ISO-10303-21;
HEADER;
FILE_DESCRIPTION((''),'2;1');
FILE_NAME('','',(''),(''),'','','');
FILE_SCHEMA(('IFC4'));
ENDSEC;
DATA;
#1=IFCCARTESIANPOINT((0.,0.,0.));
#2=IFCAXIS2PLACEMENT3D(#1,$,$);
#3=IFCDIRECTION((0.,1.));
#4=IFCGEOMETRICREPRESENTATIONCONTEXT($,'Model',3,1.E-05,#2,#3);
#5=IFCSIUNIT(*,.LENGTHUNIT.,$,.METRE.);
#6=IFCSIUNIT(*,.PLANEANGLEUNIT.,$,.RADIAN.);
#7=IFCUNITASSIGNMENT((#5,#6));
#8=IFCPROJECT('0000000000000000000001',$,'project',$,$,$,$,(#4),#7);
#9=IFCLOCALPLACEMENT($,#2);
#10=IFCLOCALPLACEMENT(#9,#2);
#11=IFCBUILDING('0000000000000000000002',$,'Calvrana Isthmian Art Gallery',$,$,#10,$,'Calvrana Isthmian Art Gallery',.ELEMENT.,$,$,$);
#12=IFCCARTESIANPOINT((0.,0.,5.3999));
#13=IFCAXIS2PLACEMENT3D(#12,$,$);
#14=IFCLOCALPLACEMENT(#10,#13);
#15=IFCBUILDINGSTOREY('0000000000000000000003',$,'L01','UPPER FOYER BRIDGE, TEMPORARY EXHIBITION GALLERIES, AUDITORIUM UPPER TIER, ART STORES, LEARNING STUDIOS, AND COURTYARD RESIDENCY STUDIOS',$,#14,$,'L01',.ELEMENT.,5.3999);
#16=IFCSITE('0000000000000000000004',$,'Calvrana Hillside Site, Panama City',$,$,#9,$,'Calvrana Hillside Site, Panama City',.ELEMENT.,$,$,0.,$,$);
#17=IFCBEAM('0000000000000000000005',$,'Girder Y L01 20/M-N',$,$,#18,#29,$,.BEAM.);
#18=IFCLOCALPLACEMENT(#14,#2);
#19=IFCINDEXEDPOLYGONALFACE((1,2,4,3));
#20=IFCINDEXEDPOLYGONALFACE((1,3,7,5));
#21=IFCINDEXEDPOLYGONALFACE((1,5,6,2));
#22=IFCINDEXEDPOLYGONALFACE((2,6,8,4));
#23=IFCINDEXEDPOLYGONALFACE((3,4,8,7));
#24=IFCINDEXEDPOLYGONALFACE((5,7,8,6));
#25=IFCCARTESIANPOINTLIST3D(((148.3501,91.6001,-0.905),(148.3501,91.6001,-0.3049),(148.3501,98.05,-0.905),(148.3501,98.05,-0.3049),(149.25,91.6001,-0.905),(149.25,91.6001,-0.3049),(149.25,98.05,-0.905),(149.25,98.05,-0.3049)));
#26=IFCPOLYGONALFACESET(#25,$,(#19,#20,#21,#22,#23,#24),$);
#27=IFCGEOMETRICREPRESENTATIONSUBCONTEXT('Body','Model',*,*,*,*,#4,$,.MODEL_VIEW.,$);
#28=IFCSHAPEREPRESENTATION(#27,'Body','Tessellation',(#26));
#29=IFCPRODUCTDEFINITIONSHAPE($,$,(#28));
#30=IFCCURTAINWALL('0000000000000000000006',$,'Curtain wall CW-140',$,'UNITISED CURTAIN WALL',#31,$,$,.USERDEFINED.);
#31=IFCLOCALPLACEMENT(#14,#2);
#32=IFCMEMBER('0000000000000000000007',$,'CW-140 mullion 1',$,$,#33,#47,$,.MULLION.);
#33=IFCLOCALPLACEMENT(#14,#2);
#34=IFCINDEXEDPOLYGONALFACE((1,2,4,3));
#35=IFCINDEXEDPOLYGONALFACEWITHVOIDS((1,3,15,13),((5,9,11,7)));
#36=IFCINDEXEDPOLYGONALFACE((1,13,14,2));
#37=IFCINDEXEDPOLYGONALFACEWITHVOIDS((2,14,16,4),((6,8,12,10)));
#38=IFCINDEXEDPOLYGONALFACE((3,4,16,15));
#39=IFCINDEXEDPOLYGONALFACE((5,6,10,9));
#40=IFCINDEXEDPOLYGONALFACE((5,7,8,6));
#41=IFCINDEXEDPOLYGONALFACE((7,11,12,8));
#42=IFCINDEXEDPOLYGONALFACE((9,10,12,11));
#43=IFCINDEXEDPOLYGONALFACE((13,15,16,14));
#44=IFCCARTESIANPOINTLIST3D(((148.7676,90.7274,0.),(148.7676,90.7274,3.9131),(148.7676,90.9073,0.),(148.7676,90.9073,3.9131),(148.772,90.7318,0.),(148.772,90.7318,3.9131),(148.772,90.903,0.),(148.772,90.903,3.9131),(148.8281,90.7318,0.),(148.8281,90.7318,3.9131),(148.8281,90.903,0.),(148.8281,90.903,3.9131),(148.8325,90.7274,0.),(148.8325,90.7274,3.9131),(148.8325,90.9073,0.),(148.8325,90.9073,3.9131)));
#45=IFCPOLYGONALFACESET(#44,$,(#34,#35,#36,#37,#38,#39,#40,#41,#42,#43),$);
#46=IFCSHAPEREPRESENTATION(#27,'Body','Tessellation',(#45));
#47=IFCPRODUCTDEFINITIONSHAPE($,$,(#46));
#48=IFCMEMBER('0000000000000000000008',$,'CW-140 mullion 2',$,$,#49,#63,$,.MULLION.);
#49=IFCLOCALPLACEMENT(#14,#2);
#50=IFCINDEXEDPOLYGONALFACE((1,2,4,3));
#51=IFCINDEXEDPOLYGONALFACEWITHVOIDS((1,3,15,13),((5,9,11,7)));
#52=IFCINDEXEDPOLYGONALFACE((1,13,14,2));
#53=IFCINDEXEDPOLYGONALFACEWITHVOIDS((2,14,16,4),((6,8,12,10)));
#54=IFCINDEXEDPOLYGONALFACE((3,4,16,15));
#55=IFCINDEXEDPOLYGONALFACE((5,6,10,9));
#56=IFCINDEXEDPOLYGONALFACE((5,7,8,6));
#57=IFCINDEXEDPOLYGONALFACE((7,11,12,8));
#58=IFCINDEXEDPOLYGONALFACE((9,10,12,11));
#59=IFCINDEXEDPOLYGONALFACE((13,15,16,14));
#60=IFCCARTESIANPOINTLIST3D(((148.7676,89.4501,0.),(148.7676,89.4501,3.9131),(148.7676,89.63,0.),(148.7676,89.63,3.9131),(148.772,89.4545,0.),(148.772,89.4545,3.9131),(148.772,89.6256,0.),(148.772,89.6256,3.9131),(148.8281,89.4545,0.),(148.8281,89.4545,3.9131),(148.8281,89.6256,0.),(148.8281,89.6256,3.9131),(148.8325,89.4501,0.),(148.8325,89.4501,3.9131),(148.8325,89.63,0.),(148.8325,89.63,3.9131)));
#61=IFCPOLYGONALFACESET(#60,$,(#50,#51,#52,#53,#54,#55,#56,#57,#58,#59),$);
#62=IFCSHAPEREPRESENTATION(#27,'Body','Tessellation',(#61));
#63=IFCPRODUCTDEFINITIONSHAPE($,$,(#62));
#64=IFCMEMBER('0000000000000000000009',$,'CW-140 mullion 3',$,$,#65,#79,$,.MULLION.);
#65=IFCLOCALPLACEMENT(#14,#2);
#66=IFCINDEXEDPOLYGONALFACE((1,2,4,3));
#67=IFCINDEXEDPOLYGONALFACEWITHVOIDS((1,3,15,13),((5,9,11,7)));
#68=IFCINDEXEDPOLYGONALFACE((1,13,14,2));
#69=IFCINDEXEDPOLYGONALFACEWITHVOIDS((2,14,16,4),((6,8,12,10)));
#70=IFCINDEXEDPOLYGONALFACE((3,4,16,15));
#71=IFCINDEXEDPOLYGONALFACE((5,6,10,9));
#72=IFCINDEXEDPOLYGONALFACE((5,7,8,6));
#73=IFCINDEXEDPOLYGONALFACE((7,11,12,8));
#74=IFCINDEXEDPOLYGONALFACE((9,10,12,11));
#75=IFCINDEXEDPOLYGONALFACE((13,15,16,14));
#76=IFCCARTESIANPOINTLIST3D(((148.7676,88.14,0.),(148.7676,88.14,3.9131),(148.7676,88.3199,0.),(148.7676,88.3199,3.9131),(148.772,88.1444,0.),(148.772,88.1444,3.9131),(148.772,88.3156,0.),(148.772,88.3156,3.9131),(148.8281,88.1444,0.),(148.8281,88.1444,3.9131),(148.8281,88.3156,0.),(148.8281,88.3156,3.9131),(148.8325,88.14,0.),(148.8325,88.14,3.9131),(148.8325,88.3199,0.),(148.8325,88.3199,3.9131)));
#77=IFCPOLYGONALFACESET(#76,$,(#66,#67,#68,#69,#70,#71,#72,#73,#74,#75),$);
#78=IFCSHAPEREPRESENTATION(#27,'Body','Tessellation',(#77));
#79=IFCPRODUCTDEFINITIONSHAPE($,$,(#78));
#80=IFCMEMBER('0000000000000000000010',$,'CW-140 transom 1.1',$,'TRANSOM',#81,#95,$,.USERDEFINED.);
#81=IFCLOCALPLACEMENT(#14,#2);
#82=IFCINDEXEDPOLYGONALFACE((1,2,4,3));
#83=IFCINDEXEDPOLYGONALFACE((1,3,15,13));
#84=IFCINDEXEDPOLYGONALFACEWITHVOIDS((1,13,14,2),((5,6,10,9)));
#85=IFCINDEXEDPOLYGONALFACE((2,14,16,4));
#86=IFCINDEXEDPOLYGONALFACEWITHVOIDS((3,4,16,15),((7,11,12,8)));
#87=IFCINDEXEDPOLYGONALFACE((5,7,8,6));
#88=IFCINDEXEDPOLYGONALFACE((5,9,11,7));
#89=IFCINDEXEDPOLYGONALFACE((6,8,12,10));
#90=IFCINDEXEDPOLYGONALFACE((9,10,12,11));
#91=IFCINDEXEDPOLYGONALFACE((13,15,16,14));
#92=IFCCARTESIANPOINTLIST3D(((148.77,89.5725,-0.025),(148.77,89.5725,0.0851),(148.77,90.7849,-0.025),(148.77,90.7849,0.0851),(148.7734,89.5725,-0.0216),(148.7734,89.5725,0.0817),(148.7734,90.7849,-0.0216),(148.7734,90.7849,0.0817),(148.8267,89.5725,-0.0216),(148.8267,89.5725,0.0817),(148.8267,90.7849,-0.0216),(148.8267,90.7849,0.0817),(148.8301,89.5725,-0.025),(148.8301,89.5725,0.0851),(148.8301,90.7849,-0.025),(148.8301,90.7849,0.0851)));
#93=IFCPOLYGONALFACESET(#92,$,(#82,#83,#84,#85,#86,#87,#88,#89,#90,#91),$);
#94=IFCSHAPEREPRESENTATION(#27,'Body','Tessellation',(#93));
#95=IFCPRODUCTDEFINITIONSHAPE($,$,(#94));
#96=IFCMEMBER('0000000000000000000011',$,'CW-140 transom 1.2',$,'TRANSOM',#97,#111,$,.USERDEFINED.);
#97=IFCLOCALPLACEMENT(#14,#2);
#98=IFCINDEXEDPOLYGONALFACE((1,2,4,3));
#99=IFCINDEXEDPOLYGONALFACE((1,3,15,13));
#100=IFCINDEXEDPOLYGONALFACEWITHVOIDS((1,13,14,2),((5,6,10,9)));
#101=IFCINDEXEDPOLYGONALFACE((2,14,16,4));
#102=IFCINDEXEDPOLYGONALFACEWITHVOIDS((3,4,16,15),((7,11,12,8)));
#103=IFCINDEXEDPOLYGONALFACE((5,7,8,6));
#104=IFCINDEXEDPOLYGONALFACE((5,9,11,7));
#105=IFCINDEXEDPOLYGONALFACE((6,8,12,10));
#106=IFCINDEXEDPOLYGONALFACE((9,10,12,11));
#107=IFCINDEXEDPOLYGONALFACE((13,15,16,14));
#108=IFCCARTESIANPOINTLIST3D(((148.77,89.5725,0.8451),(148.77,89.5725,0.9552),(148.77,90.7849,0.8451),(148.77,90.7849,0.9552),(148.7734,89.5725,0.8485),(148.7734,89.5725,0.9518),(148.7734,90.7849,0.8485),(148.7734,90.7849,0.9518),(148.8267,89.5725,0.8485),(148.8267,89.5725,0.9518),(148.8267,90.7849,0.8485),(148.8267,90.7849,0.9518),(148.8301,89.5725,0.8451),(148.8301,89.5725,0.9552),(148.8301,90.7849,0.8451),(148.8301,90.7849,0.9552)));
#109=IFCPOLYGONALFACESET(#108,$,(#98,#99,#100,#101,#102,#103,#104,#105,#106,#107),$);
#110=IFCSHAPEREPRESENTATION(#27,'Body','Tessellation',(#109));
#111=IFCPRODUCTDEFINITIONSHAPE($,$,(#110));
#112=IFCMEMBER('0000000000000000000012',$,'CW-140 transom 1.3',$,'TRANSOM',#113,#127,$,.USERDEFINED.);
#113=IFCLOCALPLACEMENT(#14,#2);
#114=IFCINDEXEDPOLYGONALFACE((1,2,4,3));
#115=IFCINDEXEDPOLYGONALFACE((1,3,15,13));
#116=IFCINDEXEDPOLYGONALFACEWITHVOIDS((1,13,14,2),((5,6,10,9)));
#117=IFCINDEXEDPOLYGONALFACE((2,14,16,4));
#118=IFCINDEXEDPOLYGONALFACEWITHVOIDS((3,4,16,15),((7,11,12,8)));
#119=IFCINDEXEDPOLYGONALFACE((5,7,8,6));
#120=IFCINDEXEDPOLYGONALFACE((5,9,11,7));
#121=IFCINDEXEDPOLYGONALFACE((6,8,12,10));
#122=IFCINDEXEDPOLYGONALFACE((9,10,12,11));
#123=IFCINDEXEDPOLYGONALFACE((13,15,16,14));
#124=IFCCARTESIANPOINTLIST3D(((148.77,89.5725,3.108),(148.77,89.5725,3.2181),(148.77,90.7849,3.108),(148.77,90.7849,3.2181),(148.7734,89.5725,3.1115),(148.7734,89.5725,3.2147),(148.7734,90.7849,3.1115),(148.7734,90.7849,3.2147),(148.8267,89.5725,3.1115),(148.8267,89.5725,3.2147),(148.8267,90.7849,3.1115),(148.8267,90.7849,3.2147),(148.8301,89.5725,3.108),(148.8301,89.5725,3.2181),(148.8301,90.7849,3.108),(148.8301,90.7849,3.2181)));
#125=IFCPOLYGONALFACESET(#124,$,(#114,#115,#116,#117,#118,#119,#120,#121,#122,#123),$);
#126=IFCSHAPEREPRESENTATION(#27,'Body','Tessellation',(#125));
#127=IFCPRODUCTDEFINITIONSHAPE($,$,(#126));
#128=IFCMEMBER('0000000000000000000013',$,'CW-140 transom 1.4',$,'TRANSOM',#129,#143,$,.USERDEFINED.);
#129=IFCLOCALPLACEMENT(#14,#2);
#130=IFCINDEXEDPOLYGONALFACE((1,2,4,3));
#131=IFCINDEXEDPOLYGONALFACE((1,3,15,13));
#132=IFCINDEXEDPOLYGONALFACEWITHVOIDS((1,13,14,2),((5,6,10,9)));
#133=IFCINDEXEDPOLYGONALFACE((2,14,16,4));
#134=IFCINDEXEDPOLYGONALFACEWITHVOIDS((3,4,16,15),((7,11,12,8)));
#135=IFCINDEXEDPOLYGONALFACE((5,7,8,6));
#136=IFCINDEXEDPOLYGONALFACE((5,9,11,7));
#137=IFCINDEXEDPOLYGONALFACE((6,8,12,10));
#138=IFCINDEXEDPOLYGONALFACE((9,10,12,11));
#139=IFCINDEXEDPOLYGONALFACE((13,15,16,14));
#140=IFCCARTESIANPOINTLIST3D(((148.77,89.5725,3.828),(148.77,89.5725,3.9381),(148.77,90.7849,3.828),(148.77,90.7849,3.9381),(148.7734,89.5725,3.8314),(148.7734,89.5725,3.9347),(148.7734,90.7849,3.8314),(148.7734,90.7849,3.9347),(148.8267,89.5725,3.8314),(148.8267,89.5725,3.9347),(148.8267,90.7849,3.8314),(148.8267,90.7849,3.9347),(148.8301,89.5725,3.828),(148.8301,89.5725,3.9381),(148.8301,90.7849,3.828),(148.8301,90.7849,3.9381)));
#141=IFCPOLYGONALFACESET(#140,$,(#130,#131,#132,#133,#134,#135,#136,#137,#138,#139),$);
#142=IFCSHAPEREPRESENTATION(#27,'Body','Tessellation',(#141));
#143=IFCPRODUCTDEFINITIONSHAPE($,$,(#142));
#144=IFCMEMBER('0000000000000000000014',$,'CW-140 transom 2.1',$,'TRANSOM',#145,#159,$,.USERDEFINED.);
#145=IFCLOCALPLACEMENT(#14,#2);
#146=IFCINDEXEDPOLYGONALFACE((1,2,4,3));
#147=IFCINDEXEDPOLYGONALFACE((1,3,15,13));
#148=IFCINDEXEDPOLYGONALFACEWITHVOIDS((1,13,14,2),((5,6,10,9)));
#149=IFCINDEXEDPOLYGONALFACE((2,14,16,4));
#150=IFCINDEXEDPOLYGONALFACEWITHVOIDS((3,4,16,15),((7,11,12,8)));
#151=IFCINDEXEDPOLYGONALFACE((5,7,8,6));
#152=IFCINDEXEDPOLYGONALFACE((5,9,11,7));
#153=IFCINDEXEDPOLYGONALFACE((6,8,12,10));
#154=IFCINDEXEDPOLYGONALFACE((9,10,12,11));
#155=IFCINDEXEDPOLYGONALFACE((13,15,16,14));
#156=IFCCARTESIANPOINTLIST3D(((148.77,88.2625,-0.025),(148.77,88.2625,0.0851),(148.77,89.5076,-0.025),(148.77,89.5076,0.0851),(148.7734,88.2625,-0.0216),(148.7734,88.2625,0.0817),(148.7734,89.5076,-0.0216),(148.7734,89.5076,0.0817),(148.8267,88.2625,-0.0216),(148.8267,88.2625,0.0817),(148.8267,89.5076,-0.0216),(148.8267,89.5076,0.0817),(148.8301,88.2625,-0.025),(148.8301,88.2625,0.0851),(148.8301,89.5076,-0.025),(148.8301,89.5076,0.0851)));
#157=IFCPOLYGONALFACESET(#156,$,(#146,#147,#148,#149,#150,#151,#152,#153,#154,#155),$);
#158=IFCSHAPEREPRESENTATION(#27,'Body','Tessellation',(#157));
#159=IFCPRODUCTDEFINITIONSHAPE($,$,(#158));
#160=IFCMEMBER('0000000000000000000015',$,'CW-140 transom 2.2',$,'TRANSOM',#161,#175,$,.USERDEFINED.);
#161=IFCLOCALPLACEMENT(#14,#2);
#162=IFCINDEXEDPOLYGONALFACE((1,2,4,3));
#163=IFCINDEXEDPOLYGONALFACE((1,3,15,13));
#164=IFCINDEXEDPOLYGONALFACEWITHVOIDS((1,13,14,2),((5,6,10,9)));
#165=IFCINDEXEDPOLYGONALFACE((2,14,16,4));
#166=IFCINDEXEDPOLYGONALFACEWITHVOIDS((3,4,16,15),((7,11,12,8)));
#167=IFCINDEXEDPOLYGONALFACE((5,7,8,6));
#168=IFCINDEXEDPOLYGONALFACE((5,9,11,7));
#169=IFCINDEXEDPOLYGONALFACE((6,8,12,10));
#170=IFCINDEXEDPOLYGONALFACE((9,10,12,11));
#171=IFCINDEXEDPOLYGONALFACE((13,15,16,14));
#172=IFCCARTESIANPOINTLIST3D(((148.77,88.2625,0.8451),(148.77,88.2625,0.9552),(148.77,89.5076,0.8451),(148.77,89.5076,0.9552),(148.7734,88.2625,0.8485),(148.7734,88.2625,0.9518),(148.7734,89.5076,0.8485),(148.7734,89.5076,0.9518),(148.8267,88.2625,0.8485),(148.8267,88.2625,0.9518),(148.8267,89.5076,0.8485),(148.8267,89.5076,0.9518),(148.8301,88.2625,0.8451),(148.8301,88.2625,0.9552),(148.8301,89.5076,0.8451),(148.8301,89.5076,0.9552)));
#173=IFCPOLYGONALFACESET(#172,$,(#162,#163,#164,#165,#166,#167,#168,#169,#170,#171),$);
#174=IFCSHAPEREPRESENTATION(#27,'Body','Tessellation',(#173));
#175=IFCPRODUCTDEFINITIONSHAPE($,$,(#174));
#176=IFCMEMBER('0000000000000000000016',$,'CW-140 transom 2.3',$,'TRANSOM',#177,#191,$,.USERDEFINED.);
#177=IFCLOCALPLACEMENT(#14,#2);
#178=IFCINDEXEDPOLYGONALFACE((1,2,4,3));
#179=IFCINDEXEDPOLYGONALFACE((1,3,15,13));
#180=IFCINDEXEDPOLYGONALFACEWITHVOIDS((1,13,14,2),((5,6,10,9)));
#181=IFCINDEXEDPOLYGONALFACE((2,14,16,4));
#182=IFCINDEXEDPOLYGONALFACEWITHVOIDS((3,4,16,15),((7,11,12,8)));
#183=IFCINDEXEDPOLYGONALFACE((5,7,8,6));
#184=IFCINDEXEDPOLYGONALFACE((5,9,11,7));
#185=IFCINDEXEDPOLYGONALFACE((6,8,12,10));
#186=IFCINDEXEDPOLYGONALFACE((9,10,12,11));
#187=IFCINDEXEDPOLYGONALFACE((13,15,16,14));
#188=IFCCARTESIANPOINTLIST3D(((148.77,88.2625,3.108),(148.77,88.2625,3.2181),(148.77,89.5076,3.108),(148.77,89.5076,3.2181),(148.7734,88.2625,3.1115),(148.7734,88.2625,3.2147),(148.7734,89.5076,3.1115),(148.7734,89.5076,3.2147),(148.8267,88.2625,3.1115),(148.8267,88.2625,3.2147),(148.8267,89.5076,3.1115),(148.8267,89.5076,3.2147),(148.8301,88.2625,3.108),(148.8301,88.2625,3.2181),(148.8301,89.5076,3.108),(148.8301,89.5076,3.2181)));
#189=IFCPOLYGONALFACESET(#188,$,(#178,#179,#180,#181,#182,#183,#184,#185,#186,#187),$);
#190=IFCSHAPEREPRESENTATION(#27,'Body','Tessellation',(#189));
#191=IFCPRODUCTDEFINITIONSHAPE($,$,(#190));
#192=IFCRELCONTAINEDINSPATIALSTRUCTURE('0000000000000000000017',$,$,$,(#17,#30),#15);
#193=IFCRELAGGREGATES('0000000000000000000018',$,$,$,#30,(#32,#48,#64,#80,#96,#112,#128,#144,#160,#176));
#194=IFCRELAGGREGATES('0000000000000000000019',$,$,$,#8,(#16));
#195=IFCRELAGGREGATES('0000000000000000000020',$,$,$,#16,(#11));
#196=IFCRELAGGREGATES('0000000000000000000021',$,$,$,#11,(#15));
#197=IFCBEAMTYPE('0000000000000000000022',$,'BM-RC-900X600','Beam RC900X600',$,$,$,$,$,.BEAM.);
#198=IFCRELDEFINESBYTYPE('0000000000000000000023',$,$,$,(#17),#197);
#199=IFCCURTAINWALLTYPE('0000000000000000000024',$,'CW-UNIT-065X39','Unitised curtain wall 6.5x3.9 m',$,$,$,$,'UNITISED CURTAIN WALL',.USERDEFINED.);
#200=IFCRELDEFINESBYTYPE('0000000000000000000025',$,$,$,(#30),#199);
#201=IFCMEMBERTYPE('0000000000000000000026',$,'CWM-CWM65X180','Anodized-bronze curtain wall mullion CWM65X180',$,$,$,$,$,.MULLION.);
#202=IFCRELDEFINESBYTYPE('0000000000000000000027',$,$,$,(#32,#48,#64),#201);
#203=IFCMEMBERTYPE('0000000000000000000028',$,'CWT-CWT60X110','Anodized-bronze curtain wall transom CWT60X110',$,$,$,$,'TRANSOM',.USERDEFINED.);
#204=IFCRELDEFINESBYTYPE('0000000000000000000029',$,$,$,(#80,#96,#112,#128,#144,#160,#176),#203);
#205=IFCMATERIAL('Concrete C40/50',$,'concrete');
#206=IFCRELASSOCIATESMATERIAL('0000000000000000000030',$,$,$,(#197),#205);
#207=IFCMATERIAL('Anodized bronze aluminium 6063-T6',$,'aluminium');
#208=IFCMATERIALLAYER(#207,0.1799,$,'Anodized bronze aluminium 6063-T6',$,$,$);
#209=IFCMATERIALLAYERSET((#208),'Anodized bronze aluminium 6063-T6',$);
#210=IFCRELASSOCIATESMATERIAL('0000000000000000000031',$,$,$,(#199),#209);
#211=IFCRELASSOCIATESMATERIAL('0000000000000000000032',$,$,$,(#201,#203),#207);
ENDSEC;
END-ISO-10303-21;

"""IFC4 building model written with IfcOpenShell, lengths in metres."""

from ifc_helpers import new_model, si_unit, direction, frame, origin, origin_2d, place, context, subcontext, project, spatial, rectangle, hollow_rectangle, extrude, material, layer, layer_set, material_profile, profile_set, type_object, element, aggregate, save


model = new_model("IFC4")

# Units and contexts
model_context = context("Model", 3, precision=1e-05, world=origin(), true_north=direction((0.0, 1.0)))
body_context = subcontext(model_context, "Body", "Model", "MODEL_VIEW")
ifc_project = project(units=[si_unit("LENGTHUNIT", "METRE"), si_unit("PLANEANGLEUNIT", "RADIAN")], contexts=[model_context])

# Site, building, storey
site_placement = place(None, origin())
site = spatial("IfcSite", under=ifc_project, at=site_placement, Name="Calvrana Hillside Site, Panama City", LongName="Calvrana Hillside Site, Panama City", CompositionType="ELEMENT", RefElevation=0.0)
building_placement = place(site_placement, origin())
building = spatial("IfcBuilding", under=site, at=building_placement, Name="Calvrana Isthmian Art Gallery", LongName="Calvrana Isthmian Art Gallery", CompositionType="ELEMENT")
storey_placement = place(building_placement, frame((0.0, 0.0, 5.3999)))
storey = spatial("IfcBuildingStorey", under=building, at=storey_placement, Name="L01", Description="UPPER FOYER BRIDGE, TEMPORARY EXHIBITION GALLERIES, AUDITORIUM UPPER TIER, ART STORES, LEARNING STUDIOS, AND COURTYARD RESIDENCY STUDIOS", LongName="L01", CompositionType="ELEMENT", Elevation=5.3999)

# Shared definitions
ifc_material_1 = material(Name="Concrete C40/50", Category="concrete")

# Beam
ifc_material_profile_1 = material_profile(ifc_material_1, rectangle(XDim=0.8999, YDim=0.6001, at=origin_2d()), Name="RC900X600")
ifc_profile_set_1 = profile_set([ifc_material_profile_1], Name="Concrete C40/50")
beam_type_1 = type_object("IfcBeamType", Name="BM-RC-900X600", Description="Beam RC900X600", PredefinedType="BEAM", material=ifc_profile_set_1)
beam_1_placement = place(storey_placement, frame((148.8, 91.6001, -0.605), z_axis=(0.0, 1.0, 0.0), x_axis=(-1.0, 0.0, 0.0)))
element("IfcBeam", 1, at=beam_1_placement, inside=storey, type_object=beam_type_1, Name="Girder Y L01 20/M-N", PredefinedType="BEAM", context=body_context, shape_type="SweptSolid", body=[
    extrude(rectangle(XDim=0.8999, YDim=0.6001, at=origin_2d()), origin(), (0.0, 0.0, 1.0), 6.45),
])

# Curtain wall, members
ifc_material_2 = material(Name="Anodized bronze aluminium 6063-T6", Category="aluminium")
ifc_layer_1 = layer(ifc_material_2, 0.1799, Name="Anodized bronze aluminium 6063-T6")
ifc_layer_set_1 = layer_set([ifc_layer_1], Name="Anodized bronze aluminium 6063-T6")
curtain_wall_type = type_object("IfcCurtainWallType", Name="CW-UNIT-065X39", Description="Unitised curtain wall 6.5x3.9 m", ElementType="UNITISED CURTAIN WALL", PredefinedType="USERDEFINED", material=ifc_layer_set_1)
curtain_wall_placement = place(storey_placement, origin())
curtain_wall = element("IfcCurtainWall", 2, at=curtain_wall_placement, inside=storey, type_object=curtain_wall_type, Name="Curtain wall CW-140", ObjectType="UNITISED CURTAIN WALL", PredefinedType="USERDEFINED")
ifc_material_profile_2 = material_profile(ifc_material_2, hollow_rectangle(XDim=0.0649, YDim=0.1799, WallThickness=0.0044, at=origin_2d()), Name="CWM65X180")
ifc_profile_set_2 = profile_set([ifc_material_profile_2], Name="Anodized bronze aluminium 6063-T6")
member_type_1 = type_object("IfcMemberType", Name="CWM-CWM65X180", Description="Anodized-bronze curtain wall mullion CWM65X180", PredefinedType="MULLION", material=ifc_profile_set_2)
member_1_placement = place(storey_placement, frame((148.8, 90.8174, 0.0), z_axis=(0.0, 0.0, 1.0), x_axis=(1.0, 0.0, 0.0)))
member_1 = element("IfcMember", 3, at=member_1_placement, type_object=member_type_1, Name="CW-140 mullion 1", PredefinedType="MULLION", context=body_context, shape_type="SweptSolid", body=[
    extrude(hollow_rectangle(XDim=0.0649, YDim=0.1799, WallThickness=0.0044, at=origin_2d()), origin(), (0.0, 0.0, 1.0), 3.9131),
])
member_2_placement = place(storey_placement, frame((148.8, 89.54, 0.0), z_axis=(0.0, 0.0, 1.0), x_axis=(1.0, 0.0, 0.0)))
member_2 = element("IfcMember", 4, at=member_2_placement, type_object=member_type_1, Name="CW-140 mullion 2", PredefinedType="MULLION", context=body_context, shape_type="SweptSolid", body=[
    extrude(hollow_rectangle(XDim=0.0649, YDim=0.1799, WallThickness=0.0044, at=origin_2d()), origin(), (0.0, 0.0, 1.0), 3.9131),
])
member_3_placement = place(storey_placement, frame((148.8, 88.23, 0.0), z_axis=(0.0, 0.0, 1.0), x_axis=(1.0, 0.0, 0.0)))
member_3 = element("IfcMember", 5, at=member_3_placement, type_object=member_type_1, Name="CW-140 mullion 3", PredefinedType="MULLION", context=body_context, shape_type="SweptSolid", body=[
    extrude(hollow_rectangle(XDim=0.0649, YDim=0.1799, WallThickness=0.0044, at=origin_2d()), origin(), (0.0, 0.0, 1.0), 3.9131),
])
ifc_material_profile_3 = material_profile(ifc_material_2, hollow_rectangle(XDim=0.0601, YDim=0.1101, WallThickness=0.0034, at=origin_2d()), Name="CWT60X110")
ifc_profile_set_3 = profile_set([ifc_material_profile_3], Name="Anodized bronze aluminium 6063-T6")
member_type_2 = type_object("IfcMemberType", Name="CWT-CWT60X110", Description="Anodized-bronze curtain wall transom CWT60X110", ElementType="TRANSOM", PredefinedType="USERDEFINED", material=ifc_profile_set_3)
member_4_placement = place(storey_placement, frame((148.8, 90.7849, 0.03), z_axis=(0.0, -1.0, 0.0), x_axis=(1.0, 0.0, 0.0)))
member_4 = element("IfcMember", 6, at=member_4_placement, type_object=member_type_2, Name="CW-140 transom 1.1", ObjectType="TRANSOM", PredefinedType="USERDEFINED", context=body_context, shape_type="SweptSolid", body=[
    extrude(hollow_rectangle(XDim=0.0601, YDim=0.1101, WallThickness=0.0034, at=origin_2d()), origin(), (0.0, 0.0, 1.0), 1.2124),
])
member_5_placement = place(storey_placement, frame((148.8, 90.7849, 0.9001), z_axis=(0.0, -1.0, 0.0), x_axis=(1.0, 0.0, 0.0)))
member_5 = element("IfcMember", 7, at=member_5_placement, type_object=member_type_2, Name="CW-140 transom 1.2", ObjectType="TRANSOM", PredefinedType="USERDEFINED", context=body_context, shape_type="SweptSolid", body=[
    extrude(hollow_rectangle(XDim=0.0601, YDim=0.1101, WallThickness=0.0034, at=origin_2d()), origin(), (0.0, 0.0, 1.0), 1.2124),
])
member_6_placement = place(storey_placement, frame((148.8, 90.7849, 3.1631), z_axis=(0.0, -1.0, 0.0), x_axis=(1.0, 0.0, 0.0)))
member_6 = element("IfcMember", 8, at=member_6_placement, type_object=member_type_2, Name="CW-140 transom 1.3", ObjectType="TRANSOM", PredefinedType="USERDEFINED", context=body_context, shape_type="SweptSolid", body=[
    extrude(hollow_rectangle(XDim=0.0601, YDim=0.1101, WallThickness=0.0034, at=origin_2d()), origin(), (0.0, 0.0, 1.0), 1.2124),
])
member_7_placement = place(storey_placement, frame((148.8, 90.7849, 3.8831), z_axis=(0.0, -1.0, 0.0), x_axis=(1.0, 0.0, 0.0)))
member_7 = element("IfcMember", 9, at=member_7_placement, type_object=member_type_2, Name="CW-140 transom 1.4", ObjectType="TRANSOM", PredefinedType="USERDEFINED", context=body_context, shape_type="SweptSolid", body=[
    extrude(hollow_rectangle(XDim=0.0601, YDim=0.1101, WallThickness=0.0034, at=origin_2d()), origin(), (0.0, 0.0, 1.0), 1.2124),
])
member_8_placement = place(storey_placement, frame((148.8, 89.5076, 0.03), z_axis=(0.0, -1.0, 0.0), x_axis=(1.0, 0.0, 0.0)))
member_8 = element("IfcMember", 10, at=member_8_placement, type_object=member_type_2, Name="CW-140 transom 2.1", ObjectType="TRANSOM", PredefinedType="USERDEFINED", context=body_context, shape_type="SweptSolid", body=[
    extrude(hollow_rectangle(XDim=0.0601, YDim=0.1101, WallThickness=0.0034, at=origin_2d()), origin(), (0.0, 0.0, 1.0), 1.2451),
])
member_9_placement = place(storey_placement, frame((148.8, 89.5076, 0.9001), z_axis=(0.0, -1.0, 0.0), x_axis=(1.0, 0.0, 0.0)))
member_9 = element("IfcMember", 11, at=member_9_placement, type_object=member_type_2, Name="CW-140 transom 2.2", ObjectType="TRANSOM", PredefinedType="USERDEFINED", context=body_context, shape_type="SweptSolid", body=[
    extrude(hollow_rectangle(XDim=0.0601, YDim=0.1101, WallThickness=0.0034, at=origin_2d()), origin(), (0.0, 0.0, 1.0), 1.2451),
])
member_10_placement = place(storey_placement, frame((148.8, 89.5076, 3.1631), z_axis=(0.0, -1.0, 0.0), x_axis=(1.0, 0.0, 0.0)))
member_10 = element("IfcMember", 12, at=member_10_placement, type_object=member_type_2, Name="CW-140 transom 2.3", ObjectType="TRANSOM", PredefinedType="USERDEFINED", context=body_context, shape_type="SweptSolid", body=[
    extrude(hollow_rectangle(XDim=0.0601, YDim=0.1101, WallThickness=0.0034, at=origin_2d()), origin(), (0.0, 0.0, 1.0), 1.2451),
])
aggregate(curtain_wall, [member_1, member_2, member_3, member_4, member_5, member_6, member_7, member_8, member_9, member_10])

save(model, "model.ifc")
